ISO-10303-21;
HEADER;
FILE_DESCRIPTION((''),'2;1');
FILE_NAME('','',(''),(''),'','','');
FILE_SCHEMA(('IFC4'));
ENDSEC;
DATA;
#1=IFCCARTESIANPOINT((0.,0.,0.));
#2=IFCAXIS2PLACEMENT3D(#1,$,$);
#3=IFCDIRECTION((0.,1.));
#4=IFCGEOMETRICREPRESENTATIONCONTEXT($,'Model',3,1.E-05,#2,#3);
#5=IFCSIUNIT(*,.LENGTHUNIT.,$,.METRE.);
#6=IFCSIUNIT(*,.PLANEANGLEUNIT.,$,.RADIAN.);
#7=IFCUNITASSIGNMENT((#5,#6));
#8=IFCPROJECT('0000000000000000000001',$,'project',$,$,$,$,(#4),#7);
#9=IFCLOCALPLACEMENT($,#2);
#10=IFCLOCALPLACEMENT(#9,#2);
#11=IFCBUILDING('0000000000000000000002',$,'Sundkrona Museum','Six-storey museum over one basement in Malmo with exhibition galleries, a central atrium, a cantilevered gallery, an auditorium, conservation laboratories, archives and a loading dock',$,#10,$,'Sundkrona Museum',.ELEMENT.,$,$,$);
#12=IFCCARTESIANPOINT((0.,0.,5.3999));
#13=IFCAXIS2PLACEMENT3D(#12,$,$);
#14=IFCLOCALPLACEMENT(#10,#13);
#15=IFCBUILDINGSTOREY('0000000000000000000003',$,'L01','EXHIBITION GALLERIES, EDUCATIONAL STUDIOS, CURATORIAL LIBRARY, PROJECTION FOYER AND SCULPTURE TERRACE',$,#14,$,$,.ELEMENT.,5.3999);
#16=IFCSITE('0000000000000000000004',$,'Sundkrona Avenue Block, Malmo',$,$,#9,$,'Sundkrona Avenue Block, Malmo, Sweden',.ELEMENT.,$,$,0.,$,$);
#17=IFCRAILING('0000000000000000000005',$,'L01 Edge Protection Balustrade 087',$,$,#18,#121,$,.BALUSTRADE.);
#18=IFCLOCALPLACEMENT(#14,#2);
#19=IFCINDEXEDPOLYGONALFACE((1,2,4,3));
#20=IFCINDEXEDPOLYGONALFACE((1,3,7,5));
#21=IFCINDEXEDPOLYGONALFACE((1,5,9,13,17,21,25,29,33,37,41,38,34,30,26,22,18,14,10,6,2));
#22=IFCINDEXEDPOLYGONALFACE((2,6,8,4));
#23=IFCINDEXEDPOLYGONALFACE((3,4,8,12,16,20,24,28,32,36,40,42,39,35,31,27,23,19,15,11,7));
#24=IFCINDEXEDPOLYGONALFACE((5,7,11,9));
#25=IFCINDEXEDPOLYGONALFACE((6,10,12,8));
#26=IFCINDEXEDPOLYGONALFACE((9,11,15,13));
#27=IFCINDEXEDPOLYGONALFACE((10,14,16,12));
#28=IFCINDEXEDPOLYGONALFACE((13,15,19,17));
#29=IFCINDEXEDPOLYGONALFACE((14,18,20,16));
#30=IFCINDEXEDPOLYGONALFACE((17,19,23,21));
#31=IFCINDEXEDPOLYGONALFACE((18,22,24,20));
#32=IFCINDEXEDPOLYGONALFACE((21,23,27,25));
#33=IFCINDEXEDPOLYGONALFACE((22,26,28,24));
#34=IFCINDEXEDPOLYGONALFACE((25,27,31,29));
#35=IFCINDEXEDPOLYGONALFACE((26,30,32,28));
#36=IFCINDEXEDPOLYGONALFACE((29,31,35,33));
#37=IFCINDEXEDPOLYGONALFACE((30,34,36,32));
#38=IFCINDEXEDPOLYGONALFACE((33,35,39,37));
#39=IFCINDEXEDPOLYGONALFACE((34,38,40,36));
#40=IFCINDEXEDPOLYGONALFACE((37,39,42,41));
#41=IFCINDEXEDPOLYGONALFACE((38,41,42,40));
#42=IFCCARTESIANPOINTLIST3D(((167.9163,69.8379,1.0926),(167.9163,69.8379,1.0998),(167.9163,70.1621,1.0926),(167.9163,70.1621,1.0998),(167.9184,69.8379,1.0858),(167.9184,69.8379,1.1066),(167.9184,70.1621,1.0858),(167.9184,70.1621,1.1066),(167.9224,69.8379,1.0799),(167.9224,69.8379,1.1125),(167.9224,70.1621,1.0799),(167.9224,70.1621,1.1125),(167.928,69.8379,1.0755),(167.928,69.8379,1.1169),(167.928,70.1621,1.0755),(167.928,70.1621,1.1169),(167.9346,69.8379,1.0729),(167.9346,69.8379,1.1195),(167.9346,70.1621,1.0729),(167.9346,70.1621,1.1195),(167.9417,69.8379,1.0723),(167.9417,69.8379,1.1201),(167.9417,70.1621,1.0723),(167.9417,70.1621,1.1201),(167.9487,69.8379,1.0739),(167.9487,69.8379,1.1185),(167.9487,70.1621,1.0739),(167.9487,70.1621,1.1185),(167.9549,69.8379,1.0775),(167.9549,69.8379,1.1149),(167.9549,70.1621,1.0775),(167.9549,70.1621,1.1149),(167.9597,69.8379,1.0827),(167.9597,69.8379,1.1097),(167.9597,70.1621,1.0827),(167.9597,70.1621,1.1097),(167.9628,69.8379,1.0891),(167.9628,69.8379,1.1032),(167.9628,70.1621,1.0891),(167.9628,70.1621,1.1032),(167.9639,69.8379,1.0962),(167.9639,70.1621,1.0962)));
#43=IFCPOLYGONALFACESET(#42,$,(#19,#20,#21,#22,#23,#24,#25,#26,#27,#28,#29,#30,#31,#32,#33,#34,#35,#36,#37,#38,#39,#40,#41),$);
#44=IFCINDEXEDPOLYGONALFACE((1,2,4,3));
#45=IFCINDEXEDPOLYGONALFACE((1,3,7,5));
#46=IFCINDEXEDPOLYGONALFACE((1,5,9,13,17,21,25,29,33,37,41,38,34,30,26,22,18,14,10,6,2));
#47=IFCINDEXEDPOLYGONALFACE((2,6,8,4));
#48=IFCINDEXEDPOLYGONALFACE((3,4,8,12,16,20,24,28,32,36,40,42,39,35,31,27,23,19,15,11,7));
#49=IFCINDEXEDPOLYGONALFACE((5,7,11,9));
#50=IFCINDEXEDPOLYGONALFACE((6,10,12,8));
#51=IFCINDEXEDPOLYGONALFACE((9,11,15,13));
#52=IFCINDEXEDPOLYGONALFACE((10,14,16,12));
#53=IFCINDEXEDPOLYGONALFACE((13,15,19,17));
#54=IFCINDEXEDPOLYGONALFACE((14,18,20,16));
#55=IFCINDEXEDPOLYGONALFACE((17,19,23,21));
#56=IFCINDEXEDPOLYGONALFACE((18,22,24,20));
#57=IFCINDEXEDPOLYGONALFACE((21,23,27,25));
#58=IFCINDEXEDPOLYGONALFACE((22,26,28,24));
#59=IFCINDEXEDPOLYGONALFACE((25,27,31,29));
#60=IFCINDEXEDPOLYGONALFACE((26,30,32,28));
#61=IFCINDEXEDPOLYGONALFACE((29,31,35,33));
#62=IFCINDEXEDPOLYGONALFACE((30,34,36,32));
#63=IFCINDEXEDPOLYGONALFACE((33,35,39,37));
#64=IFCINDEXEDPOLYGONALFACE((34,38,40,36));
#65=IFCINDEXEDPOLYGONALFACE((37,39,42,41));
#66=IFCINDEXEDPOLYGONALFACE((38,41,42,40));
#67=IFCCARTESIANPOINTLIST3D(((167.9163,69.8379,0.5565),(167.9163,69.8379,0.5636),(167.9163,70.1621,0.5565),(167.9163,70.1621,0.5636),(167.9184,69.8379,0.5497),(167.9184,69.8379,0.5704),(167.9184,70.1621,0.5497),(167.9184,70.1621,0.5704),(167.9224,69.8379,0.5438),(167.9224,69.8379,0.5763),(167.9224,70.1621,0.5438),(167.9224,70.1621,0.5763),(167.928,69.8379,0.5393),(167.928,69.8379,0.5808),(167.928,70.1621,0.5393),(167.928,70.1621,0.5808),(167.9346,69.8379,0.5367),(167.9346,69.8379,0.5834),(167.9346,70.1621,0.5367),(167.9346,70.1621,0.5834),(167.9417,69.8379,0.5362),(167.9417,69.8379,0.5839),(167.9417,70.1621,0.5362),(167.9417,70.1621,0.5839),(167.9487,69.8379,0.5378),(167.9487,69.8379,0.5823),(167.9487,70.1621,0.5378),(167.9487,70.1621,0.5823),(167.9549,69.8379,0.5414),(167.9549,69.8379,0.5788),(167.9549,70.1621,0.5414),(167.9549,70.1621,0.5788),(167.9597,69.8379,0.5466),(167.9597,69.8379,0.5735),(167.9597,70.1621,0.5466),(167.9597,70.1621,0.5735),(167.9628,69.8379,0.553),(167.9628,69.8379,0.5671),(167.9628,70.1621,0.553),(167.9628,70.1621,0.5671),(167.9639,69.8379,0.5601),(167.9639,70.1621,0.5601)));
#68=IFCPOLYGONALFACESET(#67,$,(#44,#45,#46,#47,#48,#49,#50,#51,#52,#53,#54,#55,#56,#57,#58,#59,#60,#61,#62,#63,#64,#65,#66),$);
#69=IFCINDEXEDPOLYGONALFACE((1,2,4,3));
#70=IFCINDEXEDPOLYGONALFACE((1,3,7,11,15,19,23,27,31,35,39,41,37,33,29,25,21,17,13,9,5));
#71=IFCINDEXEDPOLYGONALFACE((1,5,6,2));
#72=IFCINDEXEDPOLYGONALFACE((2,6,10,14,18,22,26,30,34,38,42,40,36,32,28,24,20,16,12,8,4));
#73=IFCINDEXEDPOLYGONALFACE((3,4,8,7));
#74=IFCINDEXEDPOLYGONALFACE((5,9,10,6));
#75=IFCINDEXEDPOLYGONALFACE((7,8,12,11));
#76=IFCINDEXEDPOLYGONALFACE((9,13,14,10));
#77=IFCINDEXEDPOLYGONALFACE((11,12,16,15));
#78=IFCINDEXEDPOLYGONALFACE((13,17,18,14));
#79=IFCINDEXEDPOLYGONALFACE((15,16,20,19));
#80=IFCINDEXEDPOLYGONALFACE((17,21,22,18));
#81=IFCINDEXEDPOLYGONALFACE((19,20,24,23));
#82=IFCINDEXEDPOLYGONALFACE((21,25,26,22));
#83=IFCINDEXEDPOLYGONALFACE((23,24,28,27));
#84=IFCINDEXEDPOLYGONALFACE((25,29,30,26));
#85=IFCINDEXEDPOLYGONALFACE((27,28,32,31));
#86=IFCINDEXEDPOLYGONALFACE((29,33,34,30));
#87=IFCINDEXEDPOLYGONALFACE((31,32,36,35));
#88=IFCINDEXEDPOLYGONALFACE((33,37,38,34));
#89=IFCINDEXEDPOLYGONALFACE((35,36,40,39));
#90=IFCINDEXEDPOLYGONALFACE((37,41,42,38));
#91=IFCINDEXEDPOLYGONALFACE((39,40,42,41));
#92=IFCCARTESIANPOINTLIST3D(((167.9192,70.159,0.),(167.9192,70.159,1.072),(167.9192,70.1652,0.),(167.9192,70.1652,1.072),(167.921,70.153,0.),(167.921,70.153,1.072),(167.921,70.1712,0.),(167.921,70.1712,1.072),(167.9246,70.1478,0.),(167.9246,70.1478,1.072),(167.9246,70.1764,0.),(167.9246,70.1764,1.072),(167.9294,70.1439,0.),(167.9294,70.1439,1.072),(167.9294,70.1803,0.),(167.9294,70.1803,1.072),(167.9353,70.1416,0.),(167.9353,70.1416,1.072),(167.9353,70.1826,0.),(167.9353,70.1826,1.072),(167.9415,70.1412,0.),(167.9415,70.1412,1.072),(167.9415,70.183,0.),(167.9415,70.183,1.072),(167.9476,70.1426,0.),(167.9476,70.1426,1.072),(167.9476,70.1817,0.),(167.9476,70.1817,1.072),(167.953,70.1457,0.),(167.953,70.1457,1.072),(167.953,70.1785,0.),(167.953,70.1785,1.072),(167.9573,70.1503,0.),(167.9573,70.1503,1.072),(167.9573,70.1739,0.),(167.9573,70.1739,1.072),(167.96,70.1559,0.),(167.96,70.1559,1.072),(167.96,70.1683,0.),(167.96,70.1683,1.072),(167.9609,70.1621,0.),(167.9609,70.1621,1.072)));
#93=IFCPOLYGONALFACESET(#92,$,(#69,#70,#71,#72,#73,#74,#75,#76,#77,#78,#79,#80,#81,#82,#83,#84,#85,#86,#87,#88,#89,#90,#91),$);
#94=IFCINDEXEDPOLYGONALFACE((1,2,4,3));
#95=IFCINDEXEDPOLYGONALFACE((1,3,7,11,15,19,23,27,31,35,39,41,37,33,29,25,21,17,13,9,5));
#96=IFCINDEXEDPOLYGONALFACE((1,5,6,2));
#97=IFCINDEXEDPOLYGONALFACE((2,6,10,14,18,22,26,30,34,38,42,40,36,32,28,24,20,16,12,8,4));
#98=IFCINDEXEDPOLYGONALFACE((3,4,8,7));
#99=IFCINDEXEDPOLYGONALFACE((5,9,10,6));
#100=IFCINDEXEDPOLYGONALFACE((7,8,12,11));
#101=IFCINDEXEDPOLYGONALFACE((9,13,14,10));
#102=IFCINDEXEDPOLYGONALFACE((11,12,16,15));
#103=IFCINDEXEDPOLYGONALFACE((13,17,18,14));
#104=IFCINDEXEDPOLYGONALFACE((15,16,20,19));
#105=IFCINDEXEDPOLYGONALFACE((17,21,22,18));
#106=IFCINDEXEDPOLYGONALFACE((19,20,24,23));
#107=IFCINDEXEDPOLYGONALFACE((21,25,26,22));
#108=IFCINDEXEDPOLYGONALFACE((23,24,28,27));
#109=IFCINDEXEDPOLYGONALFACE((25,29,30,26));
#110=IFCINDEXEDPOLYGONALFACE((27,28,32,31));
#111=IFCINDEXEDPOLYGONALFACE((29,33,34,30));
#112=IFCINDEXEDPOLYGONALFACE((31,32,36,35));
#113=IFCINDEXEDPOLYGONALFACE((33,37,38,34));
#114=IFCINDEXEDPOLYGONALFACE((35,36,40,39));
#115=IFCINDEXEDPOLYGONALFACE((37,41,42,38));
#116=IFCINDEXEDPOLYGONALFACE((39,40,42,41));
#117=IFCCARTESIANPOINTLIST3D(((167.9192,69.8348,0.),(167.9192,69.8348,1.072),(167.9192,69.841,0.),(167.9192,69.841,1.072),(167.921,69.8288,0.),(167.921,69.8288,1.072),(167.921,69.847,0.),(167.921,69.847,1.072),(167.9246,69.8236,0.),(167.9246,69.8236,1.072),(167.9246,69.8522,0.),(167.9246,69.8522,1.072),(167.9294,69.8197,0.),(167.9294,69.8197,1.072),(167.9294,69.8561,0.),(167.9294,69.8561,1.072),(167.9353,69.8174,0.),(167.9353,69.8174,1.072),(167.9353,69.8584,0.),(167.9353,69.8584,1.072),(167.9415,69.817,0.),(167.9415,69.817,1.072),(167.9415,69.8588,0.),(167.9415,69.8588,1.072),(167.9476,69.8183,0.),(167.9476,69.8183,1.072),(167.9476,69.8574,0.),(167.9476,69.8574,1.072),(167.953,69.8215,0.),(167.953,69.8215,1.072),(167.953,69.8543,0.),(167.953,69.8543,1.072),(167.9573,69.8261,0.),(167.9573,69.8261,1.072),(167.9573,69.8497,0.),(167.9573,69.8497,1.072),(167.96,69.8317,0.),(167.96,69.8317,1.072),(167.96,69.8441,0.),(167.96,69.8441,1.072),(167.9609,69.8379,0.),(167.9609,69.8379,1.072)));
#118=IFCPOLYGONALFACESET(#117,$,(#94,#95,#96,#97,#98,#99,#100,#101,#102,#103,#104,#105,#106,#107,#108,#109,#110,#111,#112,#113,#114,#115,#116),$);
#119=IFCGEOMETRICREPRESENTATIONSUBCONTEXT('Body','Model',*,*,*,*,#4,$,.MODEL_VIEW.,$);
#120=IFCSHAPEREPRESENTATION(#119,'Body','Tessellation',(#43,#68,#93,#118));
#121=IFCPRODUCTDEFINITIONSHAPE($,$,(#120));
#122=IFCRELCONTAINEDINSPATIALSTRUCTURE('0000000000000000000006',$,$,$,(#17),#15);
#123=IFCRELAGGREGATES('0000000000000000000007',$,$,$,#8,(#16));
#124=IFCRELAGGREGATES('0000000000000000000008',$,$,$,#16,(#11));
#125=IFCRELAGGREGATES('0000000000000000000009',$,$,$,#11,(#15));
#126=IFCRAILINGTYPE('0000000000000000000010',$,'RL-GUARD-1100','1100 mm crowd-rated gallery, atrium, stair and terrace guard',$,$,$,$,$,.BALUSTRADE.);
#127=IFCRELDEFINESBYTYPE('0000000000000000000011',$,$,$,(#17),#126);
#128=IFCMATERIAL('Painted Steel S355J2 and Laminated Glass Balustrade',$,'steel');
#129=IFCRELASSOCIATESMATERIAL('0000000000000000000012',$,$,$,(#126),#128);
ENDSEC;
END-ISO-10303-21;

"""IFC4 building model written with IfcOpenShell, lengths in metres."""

from ifc_helpers import new_model, si_unit, direction, frame, origin, origin_2d, place, context, subcontext, project, spatial, circle, extrude, material, type_object, element, save


model = new_model("IFC4")

# Units and contexts
model_context = context("Model", 3, precision=1e-05, world=origin(), true_north=direction((0.0, 1.0)))
body_context = subcontext(model_context, "Body", "Model", "MODEL_VIEW")
ifc_project = project(units=[si_unit("LENGTHUNIT", "METRE"), si_unit("PLANEANGLEUNIT", "RADIAN")], contexts=[model_context])

# Site, building, storey
site_placement = place(None, origin())
site = spatial("IfcSite", under=ifc_project, at=site_placement, Name="Sundkrona Avenue Block, Malmo", LongName="Sundkrona Avenue Block, Malmo, Sweden", CompositionType="ELEMENT", RefElevation=0.0)
building_placement = place(site_placement, origin())
building = spatial("IfcBuilding", under=site, at=building_placement, Name="Sundkrona Museum", Description="Six-storey museum over one basement in Malmo with exhibition galleries, a central atrium, a cantilevered gallery, an auditorium, conservation laboratories, archives and a loading dock", LongName="Sundkrona Museum", CompositionType="ELEMENT")
storey_placement = place(building_placement, frame((0.0, 0.0, 5.3999)))
storey = spatial("IfcBuildingStorey", under=building, at=storey_placement, Name="L01", Description="EXHIBITION GALLERIES, EDUCATIONAL STUDIOS, CURATORIAL LIBRARY, PROJECTION FOYER AND SCULPTURE TERRACE", CompositionType="ELEMENT", Elevation=5.3999)

# Railing
ifc_material_1 = material(Name="Painted Steel S355J2 and Laminated Glass Balustrade", Category="steel")
railing_type = type_object("IfcRailingType", Name="RL-GUARD-1100", Description="1100 mm crowd-rated gallery, atrium, stair and terrace guard", PredefinedType="BALUSTRADE", material=ifc_material_1)
railing_placement = place(storey_placement, frame((167.9399, 70.1621, 0.0)))
element("IfcRailing", 1, at=railing_placement, inside=storey, type_object=railing_type, Name="L01 Edge Protection Balustrade 087", PredefinedType="BALUSTRADE", context=body_context, shape_type="SweptSolid", body=[
    extrude(circle(Radius=0.0239, at=origin_2d()), frame((0.0, 0.0, 1.0962), z_axis=(0.0, -1.0, 0.0), x_axis=(1.0, 0.0, 0.0)), (0.0, 0.0, 1.0), 0.3242),
    extrude(circle(Radius=0.0239, at=origin_2d()), frame((0.0, 0.0, 0.5601), z_axis=(0.0, -1.0, 0.0), x_axis=(1.0, 0.0, 0.0)), (0.0, 0.0, 1.0), 0.3242),
    extrude(circle(Radius=0.021, at=origin_2d()), origin(), (0.0, 0.0, 1.0), 1.072),
    extrude(circle(Radius=0.021, at=origin_2d()), frame((0.0, -0.3242, 0.0)), (0.0, 0.0, 1.0), 1.072),
])

save(model, "model.ifc")
